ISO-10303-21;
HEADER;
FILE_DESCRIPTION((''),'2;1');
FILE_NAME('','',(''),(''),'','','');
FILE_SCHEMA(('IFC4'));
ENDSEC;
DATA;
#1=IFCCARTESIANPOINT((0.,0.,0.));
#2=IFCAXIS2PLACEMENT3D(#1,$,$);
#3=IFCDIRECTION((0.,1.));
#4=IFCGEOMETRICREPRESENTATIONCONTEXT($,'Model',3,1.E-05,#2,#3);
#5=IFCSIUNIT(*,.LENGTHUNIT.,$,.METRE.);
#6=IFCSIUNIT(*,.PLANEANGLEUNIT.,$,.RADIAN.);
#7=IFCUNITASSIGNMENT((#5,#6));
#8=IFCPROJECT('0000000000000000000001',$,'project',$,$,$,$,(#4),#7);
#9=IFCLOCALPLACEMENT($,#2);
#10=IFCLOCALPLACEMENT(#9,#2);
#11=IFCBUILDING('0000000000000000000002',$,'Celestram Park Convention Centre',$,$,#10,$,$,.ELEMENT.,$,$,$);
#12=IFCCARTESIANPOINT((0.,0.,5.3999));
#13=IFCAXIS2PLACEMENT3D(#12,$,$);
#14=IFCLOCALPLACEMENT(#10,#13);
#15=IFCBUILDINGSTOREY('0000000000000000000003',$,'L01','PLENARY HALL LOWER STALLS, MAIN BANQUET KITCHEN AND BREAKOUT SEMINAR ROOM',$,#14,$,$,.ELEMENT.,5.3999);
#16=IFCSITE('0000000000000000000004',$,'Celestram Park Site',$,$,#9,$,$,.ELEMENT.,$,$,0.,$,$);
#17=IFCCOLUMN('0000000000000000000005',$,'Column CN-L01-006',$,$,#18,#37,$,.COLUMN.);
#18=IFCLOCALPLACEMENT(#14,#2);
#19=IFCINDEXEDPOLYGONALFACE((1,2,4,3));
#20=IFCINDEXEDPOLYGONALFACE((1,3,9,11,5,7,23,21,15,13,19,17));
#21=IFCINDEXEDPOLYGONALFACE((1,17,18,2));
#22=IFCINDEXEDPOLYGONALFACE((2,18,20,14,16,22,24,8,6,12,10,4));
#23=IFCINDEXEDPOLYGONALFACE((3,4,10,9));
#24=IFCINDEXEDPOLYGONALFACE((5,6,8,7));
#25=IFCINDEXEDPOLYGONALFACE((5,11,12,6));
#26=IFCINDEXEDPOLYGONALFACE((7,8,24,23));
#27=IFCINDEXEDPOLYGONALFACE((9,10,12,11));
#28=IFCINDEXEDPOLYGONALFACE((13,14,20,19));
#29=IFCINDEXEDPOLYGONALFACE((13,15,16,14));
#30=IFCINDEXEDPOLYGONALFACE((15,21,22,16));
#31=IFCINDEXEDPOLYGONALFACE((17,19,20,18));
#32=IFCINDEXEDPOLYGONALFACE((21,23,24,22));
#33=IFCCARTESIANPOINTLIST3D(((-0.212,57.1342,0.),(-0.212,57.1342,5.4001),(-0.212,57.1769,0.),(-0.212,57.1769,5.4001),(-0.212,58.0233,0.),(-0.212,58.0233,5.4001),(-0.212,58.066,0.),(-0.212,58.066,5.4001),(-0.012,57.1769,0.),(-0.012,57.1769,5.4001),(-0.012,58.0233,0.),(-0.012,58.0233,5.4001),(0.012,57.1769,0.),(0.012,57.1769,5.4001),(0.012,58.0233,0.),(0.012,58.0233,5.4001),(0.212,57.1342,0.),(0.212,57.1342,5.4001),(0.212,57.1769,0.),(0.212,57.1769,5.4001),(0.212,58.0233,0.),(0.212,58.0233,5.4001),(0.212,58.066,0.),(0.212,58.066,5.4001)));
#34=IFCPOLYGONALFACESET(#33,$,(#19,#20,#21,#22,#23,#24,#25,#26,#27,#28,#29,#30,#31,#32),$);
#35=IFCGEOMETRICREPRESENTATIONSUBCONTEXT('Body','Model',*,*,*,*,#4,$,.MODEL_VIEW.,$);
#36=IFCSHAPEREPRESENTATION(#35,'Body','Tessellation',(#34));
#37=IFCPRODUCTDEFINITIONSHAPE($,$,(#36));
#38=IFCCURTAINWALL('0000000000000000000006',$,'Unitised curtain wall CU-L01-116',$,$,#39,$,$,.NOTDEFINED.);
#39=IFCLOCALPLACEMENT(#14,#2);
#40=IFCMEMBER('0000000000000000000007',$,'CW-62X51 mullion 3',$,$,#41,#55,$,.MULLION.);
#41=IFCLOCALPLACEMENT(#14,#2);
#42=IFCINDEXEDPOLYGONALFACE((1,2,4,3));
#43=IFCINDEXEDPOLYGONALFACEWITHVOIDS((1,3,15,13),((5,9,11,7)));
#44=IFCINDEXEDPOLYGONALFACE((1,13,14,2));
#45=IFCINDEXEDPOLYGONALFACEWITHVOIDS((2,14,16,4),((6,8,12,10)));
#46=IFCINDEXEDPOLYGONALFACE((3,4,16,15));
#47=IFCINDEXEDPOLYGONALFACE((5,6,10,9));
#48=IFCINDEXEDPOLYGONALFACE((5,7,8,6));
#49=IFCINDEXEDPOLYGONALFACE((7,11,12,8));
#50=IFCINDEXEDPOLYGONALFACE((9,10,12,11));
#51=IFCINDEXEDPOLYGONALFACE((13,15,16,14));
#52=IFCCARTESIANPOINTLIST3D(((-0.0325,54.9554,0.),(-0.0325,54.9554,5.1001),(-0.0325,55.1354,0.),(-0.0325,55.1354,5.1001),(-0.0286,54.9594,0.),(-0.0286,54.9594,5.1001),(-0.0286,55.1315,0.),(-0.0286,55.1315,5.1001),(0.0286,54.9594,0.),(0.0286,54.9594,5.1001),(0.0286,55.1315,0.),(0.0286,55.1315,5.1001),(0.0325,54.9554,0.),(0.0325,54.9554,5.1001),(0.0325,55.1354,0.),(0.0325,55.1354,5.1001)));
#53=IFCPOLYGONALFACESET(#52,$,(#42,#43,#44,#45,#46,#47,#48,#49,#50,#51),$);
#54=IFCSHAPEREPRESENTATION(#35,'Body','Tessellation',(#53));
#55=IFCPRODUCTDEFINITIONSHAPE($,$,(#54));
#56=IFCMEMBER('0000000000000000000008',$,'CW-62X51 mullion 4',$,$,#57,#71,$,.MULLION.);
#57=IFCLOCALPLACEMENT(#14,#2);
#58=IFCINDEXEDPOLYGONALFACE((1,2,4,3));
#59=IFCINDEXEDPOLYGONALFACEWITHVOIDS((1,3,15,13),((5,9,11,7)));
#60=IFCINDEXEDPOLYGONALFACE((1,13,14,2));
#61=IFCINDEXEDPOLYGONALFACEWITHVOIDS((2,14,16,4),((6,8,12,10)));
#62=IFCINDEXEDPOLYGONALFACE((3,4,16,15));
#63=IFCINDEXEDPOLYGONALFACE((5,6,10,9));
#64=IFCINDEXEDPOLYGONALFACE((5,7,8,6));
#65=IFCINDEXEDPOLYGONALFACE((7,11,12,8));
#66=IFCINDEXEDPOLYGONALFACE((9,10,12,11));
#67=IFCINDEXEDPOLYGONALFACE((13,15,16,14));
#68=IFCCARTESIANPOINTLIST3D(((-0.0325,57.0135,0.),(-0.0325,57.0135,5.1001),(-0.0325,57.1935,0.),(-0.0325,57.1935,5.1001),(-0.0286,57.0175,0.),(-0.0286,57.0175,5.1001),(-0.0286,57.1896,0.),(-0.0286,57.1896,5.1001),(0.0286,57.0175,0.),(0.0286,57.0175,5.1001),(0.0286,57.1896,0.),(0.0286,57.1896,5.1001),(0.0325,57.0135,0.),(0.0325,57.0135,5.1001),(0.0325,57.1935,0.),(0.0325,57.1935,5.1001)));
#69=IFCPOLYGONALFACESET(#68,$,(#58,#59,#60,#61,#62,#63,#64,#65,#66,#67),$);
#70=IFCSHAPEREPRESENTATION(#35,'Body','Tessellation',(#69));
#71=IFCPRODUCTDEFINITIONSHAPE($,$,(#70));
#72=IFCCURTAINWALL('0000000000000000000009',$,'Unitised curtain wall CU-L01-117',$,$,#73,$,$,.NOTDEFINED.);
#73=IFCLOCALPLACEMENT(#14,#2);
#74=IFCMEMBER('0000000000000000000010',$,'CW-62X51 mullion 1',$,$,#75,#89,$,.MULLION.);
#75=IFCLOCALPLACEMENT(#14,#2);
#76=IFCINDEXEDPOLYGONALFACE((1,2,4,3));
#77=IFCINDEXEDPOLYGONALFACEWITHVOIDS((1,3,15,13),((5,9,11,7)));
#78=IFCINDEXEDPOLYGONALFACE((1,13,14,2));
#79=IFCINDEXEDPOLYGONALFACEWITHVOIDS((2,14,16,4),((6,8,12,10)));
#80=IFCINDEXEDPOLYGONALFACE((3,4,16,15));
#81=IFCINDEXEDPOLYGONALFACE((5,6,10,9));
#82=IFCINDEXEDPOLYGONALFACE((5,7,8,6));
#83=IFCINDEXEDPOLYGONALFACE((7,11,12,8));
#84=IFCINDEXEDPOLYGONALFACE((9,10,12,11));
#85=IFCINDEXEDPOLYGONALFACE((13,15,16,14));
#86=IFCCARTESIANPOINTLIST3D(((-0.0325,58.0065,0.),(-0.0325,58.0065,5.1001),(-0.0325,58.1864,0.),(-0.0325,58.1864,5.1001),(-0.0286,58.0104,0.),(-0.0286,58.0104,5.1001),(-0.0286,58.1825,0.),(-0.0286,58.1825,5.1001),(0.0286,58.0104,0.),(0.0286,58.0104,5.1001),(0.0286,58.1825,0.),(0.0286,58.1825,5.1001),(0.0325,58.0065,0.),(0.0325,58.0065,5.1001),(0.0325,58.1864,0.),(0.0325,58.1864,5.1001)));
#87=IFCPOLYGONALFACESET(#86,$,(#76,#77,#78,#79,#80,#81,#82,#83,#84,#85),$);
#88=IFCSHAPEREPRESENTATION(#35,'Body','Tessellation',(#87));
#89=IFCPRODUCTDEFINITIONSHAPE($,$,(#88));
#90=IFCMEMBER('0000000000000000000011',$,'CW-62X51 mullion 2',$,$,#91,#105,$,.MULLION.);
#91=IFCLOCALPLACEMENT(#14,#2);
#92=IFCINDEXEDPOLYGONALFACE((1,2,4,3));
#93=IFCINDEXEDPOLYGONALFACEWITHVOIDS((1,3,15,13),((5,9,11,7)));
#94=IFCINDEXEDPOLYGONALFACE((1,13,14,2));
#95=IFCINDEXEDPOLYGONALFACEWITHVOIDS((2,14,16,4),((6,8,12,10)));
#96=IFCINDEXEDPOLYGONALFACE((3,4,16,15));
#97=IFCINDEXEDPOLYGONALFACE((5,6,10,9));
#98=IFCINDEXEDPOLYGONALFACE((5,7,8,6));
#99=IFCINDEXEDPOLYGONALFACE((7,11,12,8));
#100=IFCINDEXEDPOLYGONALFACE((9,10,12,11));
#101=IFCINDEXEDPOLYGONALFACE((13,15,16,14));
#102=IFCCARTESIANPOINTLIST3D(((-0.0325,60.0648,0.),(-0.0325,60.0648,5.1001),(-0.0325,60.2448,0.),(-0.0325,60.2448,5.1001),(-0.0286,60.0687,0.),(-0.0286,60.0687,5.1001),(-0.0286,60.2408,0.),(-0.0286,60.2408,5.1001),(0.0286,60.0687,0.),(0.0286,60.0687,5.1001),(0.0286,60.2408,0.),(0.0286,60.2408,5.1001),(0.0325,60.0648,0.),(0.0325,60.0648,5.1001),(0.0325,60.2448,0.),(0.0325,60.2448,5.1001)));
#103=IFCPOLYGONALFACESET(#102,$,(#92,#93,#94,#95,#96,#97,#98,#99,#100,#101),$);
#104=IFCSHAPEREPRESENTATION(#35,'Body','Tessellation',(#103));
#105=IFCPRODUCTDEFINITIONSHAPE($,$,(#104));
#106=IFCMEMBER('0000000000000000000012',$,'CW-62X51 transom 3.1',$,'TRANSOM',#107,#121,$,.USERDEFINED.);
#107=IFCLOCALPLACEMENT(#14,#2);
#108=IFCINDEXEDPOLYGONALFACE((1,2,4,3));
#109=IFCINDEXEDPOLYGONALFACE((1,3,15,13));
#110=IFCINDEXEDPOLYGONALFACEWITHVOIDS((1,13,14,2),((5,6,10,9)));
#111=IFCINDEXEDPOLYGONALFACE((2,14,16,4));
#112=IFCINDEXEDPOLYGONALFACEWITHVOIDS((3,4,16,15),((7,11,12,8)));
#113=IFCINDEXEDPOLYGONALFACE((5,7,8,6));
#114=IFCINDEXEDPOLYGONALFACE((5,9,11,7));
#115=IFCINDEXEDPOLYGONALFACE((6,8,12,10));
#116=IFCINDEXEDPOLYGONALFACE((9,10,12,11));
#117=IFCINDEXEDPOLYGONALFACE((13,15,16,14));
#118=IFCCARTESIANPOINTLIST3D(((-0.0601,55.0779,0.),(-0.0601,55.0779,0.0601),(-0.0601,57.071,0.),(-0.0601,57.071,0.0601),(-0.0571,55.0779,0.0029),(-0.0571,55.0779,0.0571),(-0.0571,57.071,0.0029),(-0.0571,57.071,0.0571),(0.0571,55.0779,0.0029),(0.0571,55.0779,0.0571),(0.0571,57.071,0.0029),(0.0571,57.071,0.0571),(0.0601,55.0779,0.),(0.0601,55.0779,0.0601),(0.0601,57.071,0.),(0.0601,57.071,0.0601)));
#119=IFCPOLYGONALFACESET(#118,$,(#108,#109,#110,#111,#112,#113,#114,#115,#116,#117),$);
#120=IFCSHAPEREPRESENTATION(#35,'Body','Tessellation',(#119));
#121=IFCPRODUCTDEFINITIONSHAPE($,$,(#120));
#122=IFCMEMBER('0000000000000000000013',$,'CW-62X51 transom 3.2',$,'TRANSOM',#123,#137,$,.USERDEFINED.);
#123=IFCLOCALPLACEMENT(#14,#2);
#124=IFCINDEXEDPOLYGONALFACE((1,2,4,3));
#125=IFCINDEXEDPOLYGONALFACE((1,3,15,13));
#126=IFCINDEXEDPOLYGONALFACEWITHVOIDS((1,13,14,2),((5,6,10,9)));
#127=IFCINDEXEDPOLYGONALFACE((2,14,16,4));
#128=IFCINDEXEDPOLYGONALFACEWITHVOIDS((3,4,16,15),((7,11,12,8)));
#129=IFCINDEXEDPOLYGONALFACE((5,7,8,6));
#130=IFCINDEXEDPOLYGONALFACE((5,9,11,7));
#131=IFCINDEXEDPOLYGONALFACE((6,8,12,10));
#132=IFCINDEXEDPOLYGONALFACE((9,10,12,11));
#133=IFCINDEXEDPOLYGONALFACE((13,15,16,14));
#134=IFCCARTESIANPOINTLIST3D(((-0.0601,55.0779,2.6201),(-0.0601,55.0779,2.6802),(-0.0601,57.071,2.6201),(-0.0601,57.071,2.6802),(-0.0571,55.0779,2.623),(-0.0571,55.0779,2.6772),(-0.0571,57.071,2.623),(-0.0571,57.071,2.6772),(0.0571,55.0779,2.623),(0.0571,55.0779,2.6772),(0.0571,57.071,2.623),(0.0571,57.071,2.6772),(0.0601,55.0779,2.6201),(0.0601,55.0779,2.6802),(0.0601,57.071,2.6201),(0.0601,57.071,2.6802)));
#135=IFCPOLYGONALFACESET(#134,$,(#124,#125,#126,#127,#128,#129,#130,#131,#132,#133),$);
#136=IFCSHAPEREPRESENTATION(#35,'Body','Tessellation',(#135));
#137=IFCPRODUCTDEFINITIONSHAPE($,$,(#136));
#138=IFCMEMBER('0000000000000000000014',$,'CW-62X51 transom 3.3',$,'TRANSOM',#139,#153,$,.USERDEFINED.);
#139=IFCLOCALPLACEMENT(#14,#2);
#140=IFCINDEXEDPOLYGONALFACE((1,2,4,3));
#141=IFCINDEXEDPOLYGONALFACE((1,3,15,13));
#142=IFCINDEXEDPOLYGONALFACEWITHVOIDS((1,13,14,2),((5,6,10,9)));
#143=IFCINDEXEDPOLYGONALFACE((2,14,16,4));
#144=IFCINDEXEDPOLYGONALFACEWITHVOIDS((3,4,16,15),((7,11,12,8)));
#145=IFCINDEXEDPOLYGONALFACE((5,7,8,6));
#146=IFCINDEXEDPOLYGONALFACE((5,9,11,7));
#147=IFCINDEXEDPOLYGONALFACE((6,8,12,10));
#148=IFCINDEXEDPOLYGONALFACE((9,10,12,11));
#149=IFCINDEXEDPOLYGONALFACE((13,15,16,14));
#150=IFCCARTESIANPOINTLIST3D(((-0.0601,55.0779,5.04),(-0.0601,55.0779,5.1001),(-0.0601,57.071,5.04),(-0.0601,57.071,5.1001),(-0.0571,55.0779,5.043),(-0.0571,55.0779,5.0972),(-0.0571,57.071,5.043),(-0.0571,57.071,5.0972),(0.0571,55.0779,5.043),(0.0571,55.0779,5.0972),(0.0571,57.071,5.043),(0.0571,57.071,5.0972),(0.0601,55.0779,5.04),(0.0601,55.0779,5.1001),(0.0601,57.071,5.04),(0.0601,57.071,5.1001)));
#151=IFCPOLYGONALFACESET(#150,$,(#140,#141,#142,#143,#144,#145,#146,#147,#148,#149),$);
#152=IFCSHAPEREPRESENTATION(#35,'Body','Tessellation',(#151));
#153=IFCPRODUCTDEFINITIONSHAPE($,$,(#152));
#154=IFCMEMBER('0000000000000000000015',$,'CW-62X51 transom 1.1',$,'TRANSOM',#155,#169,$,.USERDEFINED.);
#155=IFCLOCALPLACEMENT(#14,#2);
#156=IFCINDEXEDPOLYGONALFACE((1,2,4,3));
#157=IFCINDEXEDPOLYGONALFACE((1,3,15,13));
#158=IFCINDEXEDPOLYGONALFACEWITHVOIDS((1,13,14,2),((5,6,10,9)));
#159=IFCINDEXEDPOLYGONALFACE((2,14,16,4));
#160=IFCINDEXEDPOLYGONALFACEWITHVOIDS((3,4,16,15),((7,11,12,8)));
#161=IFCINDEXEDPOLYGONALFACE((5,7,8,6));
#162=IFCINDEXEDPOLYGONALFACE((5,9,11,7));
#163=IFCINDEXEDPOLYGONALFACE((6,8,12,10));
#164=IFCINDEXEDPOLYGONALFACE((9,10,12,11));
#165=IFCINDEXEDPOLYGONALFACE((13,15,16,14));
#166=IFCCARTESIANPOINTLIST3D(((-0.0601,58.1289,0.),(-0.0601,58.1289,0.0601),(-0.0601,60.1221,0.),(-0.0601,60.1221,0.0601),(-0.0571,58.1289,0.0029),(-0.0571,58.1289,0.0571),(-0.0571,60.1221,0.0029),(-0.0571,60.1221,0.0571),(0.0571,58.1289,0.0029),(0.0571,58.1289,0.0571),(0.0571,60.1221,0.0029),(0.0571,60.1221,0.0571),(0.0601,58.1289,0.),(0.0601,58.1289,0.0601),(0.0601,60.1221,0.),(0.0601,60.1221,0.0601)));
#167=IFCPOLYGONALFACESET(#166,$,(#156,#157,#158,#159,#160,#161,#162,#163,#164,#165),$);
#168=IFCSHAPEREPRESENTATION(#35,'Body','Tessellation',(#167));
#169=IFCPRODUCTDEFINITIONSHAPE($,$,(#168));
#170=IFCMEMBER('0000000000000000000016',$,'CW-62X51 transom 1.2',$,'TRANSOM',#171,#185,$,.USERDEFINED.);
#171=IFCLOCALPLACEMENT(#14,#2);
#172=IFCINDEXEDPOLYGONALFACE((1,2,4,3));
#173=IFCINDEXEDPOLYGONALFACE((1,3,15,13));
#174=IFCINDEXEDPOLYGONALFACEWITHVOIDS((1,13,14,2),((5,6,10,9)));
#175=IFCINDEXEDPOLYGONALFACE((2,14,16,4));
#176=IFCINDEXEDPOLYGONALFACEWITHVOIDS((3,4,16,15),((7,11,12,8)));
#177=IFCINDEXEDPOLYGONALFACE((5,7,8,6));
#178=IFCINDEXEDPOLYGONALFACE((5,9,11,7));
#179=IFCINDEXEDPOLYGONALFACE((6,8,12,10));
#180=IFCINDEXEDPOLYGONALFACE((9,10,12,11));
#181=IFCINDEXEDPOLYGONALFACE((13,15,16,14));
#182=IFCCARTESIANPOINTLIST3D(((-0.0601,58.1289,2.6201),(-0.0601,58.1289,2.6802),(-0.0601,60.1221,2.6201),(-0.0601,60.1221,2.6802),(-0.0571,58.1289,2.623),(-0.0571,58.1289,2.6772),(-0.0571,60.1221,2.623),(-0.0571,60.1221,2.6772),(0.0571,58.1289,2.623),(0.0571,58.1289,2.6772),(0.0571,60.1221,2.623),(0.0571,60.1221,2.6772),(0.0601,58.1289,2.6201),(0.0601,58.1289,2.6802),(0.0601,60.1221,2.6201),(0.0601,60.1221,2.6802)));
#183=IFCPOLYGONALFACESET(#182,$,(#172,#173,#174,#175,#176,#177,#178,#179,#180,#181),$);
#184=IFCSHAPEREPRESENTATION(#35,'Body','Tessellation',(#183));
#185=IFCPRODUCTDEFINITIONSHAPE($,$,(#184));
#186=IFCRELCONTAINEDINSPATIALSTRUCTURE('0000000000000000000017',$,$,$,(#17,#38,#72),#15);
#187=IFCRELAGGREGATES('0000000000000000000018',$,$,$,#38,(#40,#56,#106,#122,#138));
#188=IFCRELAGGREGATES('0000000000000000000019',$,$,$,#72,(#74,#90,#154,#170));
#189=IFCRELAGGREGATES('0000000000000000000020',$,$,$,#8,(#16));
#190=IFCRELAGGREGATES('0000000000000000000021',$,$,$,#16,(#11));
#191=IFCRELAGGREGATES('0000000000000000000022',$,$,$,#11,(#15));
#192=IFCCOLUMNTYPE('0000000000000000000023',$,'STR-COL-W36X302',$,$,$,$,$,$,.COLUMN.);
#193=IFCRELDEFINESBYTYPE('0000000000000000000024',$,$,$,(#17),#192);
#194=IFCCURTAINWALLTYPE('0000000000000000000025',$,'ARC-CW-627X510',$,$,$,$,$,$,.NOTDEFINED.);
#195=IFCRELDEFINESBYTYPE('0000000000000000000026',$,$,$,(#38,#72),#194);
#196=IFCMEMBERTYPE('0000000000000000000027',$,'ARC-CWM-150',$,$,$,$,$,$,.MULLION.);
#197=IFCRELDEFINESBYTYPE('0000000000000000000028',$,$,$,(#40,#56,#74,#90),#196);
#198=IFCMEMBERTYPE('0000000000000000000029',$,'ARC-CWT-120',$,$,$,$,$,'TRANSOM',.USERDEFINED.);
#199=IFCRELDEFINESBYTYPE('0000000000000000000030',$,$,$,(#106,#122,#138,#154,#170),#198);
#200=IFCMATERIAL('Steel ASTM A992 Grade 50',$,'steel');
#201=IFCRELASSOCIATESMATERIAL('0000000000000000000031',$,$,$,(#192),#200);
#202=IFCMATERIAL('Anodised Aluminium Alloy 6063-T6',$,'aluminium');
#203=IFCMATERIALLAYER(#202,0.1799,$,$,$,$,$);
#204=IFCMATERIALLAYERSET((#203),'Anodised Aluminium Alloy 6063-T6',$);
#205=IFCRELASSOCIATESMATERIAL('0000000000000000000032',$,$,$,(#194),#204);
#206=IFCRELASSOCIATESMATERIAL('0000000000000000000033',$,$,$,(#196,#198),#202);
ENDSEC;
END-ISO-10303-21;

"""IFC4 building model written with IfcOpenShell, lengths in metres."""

from ifc_helpers import new_model, si_unit, direction, frame, origin, origin_2d, place, context, subcontext, project, spatial, hollow_rectangle, i_section, extrude, material, layer, layer_set, material_profile, profile_set, type_object, element, aggregate, save


model = new_model("IFC4")

# Units and contexts
model_context = context("Model", 3, precision=1e-05, world=origin(), true_north=direction((0.0, 1.0)))
body_context = subcontext(model_context, "Body", "Model", "MODEL_VIEW")
ifc_project = project(units=[si_unit("LENGTHUNIT", "METRE"), si_unit("PLANEANGLEUNIT", "RADIAN")], contexts=[model_context])

# Site, building, storey
site_placement = place(None, origin())
site = spatial("IfcSite", under=ifc_project, at=site_placement, Name="Celestram Park Site", CompositionType="ELEMENT", RefElevation=0.0)
building_placement = place(site_placement, origin())
building = spatial("IfcBuilding", under=site, at=building_placement, Name="Celestram Park Convention Centre", CompositionType="ELEMENT")
storey_placement = place(building_placement, frame((0.0, 0.0, 5.3999)))
storey = spatial("IfcBuildingStorey", under=building, at=storey_placement, Name="L01", Description="PLENARY HALL LOWER STALLS, MAIN BANQUET KITCHEN AND BREAKOUT SEMINAR ROOM", CompositionType="ELEMENT", Elevation=5.3999)

# Column
ifc_material_1 = material(Name="Steel ASTM A992 Grade 50", Category="steel")
ifc_material_profile_1 = material_profile(ifc_material_1, i_section(OverallWidth=0.4241, OverallDepth=0.9319, WebThickness=0.0239, FlangeThickness=0.0427, at=origin_2d()), Name="W36X302")
ifc_profile_set_1 = profile_set([ifc_material_profile_1], Name="Steel ASTM A992 Grade 50")
column_type = type_object("IfcColumnType", Name="STR-COL-W36X302", PredefinedType="COLUMN", material=ifc_profile_set_1)
column_placement = place(storey_placement, frame((0.0, 57.6001, 0.0), z_axis=(0.0, 0.0, 1.0), x_axis=(1.0, 0.0, 0.0)))
element("IfcColumn", 1, at=column_placement, inside=storey, type_object=column_type, Name="Column CN-L01-006", PredefinedType="COLUMN", context=body_context, shape_type="SweptSolid", body=[
    extrude(i_section(OverallWidth=0.4241, OverallDepth=0.9319, WebThickness=0.0239, FlangeThickness=0.0427, at=origin_2d()), origin(), (0.0, 0.0, 1.0), 5.4001),
])

# Curtain walls, members
ifc_material_2 = material(Name="Anodised Aluminium Alloy 6063-T6", Category="aluminium")
ifc_layer_1 = layer(ifc_material_2, 0.1799)
ifc_layer_set_1 = layer_set([ifc_layer_1], Name="Anodised Aluminium Alloy 6063-T6")
curtain_wall_type = type_object("IfcCurtainWallType", Name="ARC-CW-627X510", PredefinedType="NOTDEFINED", material=ifc_layer_set_1)
curtain_wall_1_placement = place(storey_placement, origin())
curtain_wall_1 = element("IfcCurtainWall", 2, at=curtain_wall_1_placement, inside=storey, type_object=curtain_wall_type, Name="Unitised curtain wall CU-L01-116", PredefinedType="NOTDEFINED")
ifc_material_profile_2 = material_profile(ifc_material_2, hollow_rectangle(XDim=0.0649, YDim=0.1799, WallThickness=0.0039, at=origin_2d()), Name="ALU65X180X4")
ifc_profile_set_2 = profile_set([ifc_material_profile_2], Name="Anodised Aluminium Alloy 6063-T6")
member_type_1 = type_object("IfcMemberType", Name="ARC-CWM-150", PredefinedType="MULLION", material=ifc_profile_set_2)
member_1_placement = place(storey_placement, frame((0.0, 55.0454, 0.0), z_axis=(0.0, 0.0, 1.0), x_axis=(-1.0, 0.0, 0.0)))
member_1 = element("IfcMember", 3, at=member_1_placement, type_object=member_type_1, Name="CW-62X51 mullion 3", PredefinedType="MULLION", context=body_context, shape_type="SweptSolid", body=[
    extrude(hollow_rectangle(XDim=0.0649, YDim=0.1799, WallThickness=0.0039, at=origin_2d()), origin(), (0.0, 0.0, 1.0), 5.1001),
])
member_2_placement = place(storey_placement, frame((0.0, 57.1035, 0.0), z_axis=(0.0, 0.0, 1.0), x_axis=(-1.0, 0.0, 0.0)))
member_2 = element("IfcMember", 4, at=member_2_placement, type_object=member_type_1, Name="CW-62X51 mullion 4", PredefinedType="MULLION", context=body_context, shape_type="SweptSolid", body=[
    extrude(hollow_rectangle(XDim=0.0649, YDim=0.1799, WallThickness=0.0039, at=origin_2d()), origin(), (0.0, 0.0, 1.0), 5.1001),
])
curtain_wall_2_placement = place(storey_placement, origin())
curtain_wall_2 = element("IfcCurtainWall", 5, at=curtain_wall_2_placement, inside=storey, type_object=curtain_wall_type, Name="Unitised curtain wall CU-L01-117", PredefinedType="NOTDEFINED")
member_3_placement = place(storey_placement, frame((0.0, 58.0964, 0.0), z_axis=(0.0, 0.0, 1.0), x_axis=(-1.0, 0.0, 0.0)))
member_3 = element("IfcMember", 6, at=member_3_placement, type_object=member_type_1, Name="CW-62X51 mullion 1", PredefinedType="MULLION", context=body_context, shape_type="SweptSolid", body=[
    extrude(hollow_rectangle(XDim=0.0649, YDim=0.1799, WallThickness=0.0039, at=origin_2d()), origin(), (0.0, 0.0, 1.0), 5.1001),
])
member_4_placement = place(storey_placement, frame((0.0, 60.1548, 0.0), z_axis=(0.0, 0.0, 1.0), x_axis=(-1.0, 0.0, 0.0)))
member_4 = element("IfcMember", 7, at=member_4_placement, type_object=member_type_1, Name="CW-62X51 mullion 2", PredefinedType="MULLION", context=body_context, shape_type="SweptSolid", body=[
    extrude(hollow_rectangle(XDim=0.0649, YDim=0.1799, WallThickness=0.0039, at=origin_2d()), origin(), (0.0, 0.0, 1.0), 5.1001),
])

# Members
ifc_material_profile_3 = material_profile(ifc_material_2, hollow_rectangle(XDim=0.1201, YDim=0.0601, WallThickness=0.0029, at=origin_2d()), Name="ALU120X60X3")
ifc_profile_set_3 = profile_set([ifc_material_profile_3], Name="Anodised Aluminium Alloy 6063-T6")
member_type_2 = type_object("IfcMemberType", Name="ARC-CWT-120", ElementType="TRANSOM", PredefinedType="USERDEFINED", material=ifc_profile_set_3)
member_5_placement = place(storey_placement, frame((0.0, 55.0779, 0.03), z_axis=(0.0, 1.0, 0.0), x_axis=(-1.0, 0.0, 0.0)))
member_5 = element("IfcMember", 8, at=member_5_placement, type_object=member_type_2, Name="CW-62X51 transom 3.1", ObjectType="TRANSOM", PredefinedType="USERDEFINED", context=body_context, shape_type="SweptSolid", body=[
    extrude(hollow_rectangle(XDim=0.1201, YDim=0.0601, WallThickness=0.0029, at=origin_2d()), origin(), (0.0, 0.0, 1.0), 1.9932),
])
member_6_placement = place(storey_placement, frame((0.0, 55.0779, 2.6501), z_axis=(0.0, 1.0, 0.0), x_axis=(-1.0, 0.0, 0.0)))
member_6 = element("IfcMember", 9, at=member_6_placement, type_object=member_type_2, Name="CW-62X51 transom 3.2", ObjectType="TRANSOM", PredefinedType="USERDEFINED", context=body_context, shape_type="SweptSolid", body=[
    extrude(hollow_rectangle(XDim=0.1201, YDim=0.0601, WallThickness=0.0029, at=origin_2d()), origin(), (0.0, 0.0, 1.0), 1.9932),
])
member_7_placement = place(storey_placement, frame((0.0, 55.0779, 5.0701), z_axis=(0.0, 1.0, 0.0), x_axis=(-1.0, 0.0, 0.0)))
member_7 = element("IfcMember", 10, at=member_7_placement, type_object=member_type_2, Name="CW-62X51 transom 3.3", ObjectType="TRANSOM", PredefinedType="USERDEFINED", context=body_context, shape_type="SweptSolid", body=[
    extrude(hollow_rectangle(XDim=0.1201, YDim=0.0601, WallThickness=0.0029, at=origin_2d()), origin(), (0.0, 0.0, 1.0), 1.9932),
])
member_8_placement = place(storey_placement, frame((0.0, 58.1289, 0.03), z_axis=(0.0, 1.0, 0.0), x_axis=(-1.0, 0.0, 0.0)))
member_8 = element("IfcMember", 11, at=member_8_placement, type_object=member_type_2, Name="CW-62X51 transom 1.1", ObjectType="TRANSOM", PredefinedType="USERDEFINED", context=body_context, shape_type="SweptSolid", body=[
    extrude(hollow_rectangle(XDim=0.1201, YDim=0.0601, WallThickness=0.0029, at=origin_2d()), origin(), (0.0, 0.0, 1.0), 1.9932),
])
member_9_placement = place(storey_placement, frame((0.0, 58.1289, 2.6501), z_axis=(0.0, 1.0, 0.0), x_axis=(-1.0, 0.0, 0.0)))
member_9 = element("IfcMember", 12, at=member_9_placement, type_object=member_type_2, Name="CW-62X51 transom 1.2", ObjectType="TRANSOM", PredefinedType="USERDEFINED", context=body_context, shape_type="SweptSolid", body=[
    extrude(hollow_rectangle(XDim=0.1201, YDim=0.0601, WallThickness=0.0029, at=origin_2d()), origin(), (0.0, 0.0, 1.0), 1.9932),
])

aggregate(curtain_wall_1, [member_1, member_2, member_5, member_6, member_7])
aggregate(curtain_wall_2, [member_3, member_4, member_8, member_9])

save(model, "model.ifc")
